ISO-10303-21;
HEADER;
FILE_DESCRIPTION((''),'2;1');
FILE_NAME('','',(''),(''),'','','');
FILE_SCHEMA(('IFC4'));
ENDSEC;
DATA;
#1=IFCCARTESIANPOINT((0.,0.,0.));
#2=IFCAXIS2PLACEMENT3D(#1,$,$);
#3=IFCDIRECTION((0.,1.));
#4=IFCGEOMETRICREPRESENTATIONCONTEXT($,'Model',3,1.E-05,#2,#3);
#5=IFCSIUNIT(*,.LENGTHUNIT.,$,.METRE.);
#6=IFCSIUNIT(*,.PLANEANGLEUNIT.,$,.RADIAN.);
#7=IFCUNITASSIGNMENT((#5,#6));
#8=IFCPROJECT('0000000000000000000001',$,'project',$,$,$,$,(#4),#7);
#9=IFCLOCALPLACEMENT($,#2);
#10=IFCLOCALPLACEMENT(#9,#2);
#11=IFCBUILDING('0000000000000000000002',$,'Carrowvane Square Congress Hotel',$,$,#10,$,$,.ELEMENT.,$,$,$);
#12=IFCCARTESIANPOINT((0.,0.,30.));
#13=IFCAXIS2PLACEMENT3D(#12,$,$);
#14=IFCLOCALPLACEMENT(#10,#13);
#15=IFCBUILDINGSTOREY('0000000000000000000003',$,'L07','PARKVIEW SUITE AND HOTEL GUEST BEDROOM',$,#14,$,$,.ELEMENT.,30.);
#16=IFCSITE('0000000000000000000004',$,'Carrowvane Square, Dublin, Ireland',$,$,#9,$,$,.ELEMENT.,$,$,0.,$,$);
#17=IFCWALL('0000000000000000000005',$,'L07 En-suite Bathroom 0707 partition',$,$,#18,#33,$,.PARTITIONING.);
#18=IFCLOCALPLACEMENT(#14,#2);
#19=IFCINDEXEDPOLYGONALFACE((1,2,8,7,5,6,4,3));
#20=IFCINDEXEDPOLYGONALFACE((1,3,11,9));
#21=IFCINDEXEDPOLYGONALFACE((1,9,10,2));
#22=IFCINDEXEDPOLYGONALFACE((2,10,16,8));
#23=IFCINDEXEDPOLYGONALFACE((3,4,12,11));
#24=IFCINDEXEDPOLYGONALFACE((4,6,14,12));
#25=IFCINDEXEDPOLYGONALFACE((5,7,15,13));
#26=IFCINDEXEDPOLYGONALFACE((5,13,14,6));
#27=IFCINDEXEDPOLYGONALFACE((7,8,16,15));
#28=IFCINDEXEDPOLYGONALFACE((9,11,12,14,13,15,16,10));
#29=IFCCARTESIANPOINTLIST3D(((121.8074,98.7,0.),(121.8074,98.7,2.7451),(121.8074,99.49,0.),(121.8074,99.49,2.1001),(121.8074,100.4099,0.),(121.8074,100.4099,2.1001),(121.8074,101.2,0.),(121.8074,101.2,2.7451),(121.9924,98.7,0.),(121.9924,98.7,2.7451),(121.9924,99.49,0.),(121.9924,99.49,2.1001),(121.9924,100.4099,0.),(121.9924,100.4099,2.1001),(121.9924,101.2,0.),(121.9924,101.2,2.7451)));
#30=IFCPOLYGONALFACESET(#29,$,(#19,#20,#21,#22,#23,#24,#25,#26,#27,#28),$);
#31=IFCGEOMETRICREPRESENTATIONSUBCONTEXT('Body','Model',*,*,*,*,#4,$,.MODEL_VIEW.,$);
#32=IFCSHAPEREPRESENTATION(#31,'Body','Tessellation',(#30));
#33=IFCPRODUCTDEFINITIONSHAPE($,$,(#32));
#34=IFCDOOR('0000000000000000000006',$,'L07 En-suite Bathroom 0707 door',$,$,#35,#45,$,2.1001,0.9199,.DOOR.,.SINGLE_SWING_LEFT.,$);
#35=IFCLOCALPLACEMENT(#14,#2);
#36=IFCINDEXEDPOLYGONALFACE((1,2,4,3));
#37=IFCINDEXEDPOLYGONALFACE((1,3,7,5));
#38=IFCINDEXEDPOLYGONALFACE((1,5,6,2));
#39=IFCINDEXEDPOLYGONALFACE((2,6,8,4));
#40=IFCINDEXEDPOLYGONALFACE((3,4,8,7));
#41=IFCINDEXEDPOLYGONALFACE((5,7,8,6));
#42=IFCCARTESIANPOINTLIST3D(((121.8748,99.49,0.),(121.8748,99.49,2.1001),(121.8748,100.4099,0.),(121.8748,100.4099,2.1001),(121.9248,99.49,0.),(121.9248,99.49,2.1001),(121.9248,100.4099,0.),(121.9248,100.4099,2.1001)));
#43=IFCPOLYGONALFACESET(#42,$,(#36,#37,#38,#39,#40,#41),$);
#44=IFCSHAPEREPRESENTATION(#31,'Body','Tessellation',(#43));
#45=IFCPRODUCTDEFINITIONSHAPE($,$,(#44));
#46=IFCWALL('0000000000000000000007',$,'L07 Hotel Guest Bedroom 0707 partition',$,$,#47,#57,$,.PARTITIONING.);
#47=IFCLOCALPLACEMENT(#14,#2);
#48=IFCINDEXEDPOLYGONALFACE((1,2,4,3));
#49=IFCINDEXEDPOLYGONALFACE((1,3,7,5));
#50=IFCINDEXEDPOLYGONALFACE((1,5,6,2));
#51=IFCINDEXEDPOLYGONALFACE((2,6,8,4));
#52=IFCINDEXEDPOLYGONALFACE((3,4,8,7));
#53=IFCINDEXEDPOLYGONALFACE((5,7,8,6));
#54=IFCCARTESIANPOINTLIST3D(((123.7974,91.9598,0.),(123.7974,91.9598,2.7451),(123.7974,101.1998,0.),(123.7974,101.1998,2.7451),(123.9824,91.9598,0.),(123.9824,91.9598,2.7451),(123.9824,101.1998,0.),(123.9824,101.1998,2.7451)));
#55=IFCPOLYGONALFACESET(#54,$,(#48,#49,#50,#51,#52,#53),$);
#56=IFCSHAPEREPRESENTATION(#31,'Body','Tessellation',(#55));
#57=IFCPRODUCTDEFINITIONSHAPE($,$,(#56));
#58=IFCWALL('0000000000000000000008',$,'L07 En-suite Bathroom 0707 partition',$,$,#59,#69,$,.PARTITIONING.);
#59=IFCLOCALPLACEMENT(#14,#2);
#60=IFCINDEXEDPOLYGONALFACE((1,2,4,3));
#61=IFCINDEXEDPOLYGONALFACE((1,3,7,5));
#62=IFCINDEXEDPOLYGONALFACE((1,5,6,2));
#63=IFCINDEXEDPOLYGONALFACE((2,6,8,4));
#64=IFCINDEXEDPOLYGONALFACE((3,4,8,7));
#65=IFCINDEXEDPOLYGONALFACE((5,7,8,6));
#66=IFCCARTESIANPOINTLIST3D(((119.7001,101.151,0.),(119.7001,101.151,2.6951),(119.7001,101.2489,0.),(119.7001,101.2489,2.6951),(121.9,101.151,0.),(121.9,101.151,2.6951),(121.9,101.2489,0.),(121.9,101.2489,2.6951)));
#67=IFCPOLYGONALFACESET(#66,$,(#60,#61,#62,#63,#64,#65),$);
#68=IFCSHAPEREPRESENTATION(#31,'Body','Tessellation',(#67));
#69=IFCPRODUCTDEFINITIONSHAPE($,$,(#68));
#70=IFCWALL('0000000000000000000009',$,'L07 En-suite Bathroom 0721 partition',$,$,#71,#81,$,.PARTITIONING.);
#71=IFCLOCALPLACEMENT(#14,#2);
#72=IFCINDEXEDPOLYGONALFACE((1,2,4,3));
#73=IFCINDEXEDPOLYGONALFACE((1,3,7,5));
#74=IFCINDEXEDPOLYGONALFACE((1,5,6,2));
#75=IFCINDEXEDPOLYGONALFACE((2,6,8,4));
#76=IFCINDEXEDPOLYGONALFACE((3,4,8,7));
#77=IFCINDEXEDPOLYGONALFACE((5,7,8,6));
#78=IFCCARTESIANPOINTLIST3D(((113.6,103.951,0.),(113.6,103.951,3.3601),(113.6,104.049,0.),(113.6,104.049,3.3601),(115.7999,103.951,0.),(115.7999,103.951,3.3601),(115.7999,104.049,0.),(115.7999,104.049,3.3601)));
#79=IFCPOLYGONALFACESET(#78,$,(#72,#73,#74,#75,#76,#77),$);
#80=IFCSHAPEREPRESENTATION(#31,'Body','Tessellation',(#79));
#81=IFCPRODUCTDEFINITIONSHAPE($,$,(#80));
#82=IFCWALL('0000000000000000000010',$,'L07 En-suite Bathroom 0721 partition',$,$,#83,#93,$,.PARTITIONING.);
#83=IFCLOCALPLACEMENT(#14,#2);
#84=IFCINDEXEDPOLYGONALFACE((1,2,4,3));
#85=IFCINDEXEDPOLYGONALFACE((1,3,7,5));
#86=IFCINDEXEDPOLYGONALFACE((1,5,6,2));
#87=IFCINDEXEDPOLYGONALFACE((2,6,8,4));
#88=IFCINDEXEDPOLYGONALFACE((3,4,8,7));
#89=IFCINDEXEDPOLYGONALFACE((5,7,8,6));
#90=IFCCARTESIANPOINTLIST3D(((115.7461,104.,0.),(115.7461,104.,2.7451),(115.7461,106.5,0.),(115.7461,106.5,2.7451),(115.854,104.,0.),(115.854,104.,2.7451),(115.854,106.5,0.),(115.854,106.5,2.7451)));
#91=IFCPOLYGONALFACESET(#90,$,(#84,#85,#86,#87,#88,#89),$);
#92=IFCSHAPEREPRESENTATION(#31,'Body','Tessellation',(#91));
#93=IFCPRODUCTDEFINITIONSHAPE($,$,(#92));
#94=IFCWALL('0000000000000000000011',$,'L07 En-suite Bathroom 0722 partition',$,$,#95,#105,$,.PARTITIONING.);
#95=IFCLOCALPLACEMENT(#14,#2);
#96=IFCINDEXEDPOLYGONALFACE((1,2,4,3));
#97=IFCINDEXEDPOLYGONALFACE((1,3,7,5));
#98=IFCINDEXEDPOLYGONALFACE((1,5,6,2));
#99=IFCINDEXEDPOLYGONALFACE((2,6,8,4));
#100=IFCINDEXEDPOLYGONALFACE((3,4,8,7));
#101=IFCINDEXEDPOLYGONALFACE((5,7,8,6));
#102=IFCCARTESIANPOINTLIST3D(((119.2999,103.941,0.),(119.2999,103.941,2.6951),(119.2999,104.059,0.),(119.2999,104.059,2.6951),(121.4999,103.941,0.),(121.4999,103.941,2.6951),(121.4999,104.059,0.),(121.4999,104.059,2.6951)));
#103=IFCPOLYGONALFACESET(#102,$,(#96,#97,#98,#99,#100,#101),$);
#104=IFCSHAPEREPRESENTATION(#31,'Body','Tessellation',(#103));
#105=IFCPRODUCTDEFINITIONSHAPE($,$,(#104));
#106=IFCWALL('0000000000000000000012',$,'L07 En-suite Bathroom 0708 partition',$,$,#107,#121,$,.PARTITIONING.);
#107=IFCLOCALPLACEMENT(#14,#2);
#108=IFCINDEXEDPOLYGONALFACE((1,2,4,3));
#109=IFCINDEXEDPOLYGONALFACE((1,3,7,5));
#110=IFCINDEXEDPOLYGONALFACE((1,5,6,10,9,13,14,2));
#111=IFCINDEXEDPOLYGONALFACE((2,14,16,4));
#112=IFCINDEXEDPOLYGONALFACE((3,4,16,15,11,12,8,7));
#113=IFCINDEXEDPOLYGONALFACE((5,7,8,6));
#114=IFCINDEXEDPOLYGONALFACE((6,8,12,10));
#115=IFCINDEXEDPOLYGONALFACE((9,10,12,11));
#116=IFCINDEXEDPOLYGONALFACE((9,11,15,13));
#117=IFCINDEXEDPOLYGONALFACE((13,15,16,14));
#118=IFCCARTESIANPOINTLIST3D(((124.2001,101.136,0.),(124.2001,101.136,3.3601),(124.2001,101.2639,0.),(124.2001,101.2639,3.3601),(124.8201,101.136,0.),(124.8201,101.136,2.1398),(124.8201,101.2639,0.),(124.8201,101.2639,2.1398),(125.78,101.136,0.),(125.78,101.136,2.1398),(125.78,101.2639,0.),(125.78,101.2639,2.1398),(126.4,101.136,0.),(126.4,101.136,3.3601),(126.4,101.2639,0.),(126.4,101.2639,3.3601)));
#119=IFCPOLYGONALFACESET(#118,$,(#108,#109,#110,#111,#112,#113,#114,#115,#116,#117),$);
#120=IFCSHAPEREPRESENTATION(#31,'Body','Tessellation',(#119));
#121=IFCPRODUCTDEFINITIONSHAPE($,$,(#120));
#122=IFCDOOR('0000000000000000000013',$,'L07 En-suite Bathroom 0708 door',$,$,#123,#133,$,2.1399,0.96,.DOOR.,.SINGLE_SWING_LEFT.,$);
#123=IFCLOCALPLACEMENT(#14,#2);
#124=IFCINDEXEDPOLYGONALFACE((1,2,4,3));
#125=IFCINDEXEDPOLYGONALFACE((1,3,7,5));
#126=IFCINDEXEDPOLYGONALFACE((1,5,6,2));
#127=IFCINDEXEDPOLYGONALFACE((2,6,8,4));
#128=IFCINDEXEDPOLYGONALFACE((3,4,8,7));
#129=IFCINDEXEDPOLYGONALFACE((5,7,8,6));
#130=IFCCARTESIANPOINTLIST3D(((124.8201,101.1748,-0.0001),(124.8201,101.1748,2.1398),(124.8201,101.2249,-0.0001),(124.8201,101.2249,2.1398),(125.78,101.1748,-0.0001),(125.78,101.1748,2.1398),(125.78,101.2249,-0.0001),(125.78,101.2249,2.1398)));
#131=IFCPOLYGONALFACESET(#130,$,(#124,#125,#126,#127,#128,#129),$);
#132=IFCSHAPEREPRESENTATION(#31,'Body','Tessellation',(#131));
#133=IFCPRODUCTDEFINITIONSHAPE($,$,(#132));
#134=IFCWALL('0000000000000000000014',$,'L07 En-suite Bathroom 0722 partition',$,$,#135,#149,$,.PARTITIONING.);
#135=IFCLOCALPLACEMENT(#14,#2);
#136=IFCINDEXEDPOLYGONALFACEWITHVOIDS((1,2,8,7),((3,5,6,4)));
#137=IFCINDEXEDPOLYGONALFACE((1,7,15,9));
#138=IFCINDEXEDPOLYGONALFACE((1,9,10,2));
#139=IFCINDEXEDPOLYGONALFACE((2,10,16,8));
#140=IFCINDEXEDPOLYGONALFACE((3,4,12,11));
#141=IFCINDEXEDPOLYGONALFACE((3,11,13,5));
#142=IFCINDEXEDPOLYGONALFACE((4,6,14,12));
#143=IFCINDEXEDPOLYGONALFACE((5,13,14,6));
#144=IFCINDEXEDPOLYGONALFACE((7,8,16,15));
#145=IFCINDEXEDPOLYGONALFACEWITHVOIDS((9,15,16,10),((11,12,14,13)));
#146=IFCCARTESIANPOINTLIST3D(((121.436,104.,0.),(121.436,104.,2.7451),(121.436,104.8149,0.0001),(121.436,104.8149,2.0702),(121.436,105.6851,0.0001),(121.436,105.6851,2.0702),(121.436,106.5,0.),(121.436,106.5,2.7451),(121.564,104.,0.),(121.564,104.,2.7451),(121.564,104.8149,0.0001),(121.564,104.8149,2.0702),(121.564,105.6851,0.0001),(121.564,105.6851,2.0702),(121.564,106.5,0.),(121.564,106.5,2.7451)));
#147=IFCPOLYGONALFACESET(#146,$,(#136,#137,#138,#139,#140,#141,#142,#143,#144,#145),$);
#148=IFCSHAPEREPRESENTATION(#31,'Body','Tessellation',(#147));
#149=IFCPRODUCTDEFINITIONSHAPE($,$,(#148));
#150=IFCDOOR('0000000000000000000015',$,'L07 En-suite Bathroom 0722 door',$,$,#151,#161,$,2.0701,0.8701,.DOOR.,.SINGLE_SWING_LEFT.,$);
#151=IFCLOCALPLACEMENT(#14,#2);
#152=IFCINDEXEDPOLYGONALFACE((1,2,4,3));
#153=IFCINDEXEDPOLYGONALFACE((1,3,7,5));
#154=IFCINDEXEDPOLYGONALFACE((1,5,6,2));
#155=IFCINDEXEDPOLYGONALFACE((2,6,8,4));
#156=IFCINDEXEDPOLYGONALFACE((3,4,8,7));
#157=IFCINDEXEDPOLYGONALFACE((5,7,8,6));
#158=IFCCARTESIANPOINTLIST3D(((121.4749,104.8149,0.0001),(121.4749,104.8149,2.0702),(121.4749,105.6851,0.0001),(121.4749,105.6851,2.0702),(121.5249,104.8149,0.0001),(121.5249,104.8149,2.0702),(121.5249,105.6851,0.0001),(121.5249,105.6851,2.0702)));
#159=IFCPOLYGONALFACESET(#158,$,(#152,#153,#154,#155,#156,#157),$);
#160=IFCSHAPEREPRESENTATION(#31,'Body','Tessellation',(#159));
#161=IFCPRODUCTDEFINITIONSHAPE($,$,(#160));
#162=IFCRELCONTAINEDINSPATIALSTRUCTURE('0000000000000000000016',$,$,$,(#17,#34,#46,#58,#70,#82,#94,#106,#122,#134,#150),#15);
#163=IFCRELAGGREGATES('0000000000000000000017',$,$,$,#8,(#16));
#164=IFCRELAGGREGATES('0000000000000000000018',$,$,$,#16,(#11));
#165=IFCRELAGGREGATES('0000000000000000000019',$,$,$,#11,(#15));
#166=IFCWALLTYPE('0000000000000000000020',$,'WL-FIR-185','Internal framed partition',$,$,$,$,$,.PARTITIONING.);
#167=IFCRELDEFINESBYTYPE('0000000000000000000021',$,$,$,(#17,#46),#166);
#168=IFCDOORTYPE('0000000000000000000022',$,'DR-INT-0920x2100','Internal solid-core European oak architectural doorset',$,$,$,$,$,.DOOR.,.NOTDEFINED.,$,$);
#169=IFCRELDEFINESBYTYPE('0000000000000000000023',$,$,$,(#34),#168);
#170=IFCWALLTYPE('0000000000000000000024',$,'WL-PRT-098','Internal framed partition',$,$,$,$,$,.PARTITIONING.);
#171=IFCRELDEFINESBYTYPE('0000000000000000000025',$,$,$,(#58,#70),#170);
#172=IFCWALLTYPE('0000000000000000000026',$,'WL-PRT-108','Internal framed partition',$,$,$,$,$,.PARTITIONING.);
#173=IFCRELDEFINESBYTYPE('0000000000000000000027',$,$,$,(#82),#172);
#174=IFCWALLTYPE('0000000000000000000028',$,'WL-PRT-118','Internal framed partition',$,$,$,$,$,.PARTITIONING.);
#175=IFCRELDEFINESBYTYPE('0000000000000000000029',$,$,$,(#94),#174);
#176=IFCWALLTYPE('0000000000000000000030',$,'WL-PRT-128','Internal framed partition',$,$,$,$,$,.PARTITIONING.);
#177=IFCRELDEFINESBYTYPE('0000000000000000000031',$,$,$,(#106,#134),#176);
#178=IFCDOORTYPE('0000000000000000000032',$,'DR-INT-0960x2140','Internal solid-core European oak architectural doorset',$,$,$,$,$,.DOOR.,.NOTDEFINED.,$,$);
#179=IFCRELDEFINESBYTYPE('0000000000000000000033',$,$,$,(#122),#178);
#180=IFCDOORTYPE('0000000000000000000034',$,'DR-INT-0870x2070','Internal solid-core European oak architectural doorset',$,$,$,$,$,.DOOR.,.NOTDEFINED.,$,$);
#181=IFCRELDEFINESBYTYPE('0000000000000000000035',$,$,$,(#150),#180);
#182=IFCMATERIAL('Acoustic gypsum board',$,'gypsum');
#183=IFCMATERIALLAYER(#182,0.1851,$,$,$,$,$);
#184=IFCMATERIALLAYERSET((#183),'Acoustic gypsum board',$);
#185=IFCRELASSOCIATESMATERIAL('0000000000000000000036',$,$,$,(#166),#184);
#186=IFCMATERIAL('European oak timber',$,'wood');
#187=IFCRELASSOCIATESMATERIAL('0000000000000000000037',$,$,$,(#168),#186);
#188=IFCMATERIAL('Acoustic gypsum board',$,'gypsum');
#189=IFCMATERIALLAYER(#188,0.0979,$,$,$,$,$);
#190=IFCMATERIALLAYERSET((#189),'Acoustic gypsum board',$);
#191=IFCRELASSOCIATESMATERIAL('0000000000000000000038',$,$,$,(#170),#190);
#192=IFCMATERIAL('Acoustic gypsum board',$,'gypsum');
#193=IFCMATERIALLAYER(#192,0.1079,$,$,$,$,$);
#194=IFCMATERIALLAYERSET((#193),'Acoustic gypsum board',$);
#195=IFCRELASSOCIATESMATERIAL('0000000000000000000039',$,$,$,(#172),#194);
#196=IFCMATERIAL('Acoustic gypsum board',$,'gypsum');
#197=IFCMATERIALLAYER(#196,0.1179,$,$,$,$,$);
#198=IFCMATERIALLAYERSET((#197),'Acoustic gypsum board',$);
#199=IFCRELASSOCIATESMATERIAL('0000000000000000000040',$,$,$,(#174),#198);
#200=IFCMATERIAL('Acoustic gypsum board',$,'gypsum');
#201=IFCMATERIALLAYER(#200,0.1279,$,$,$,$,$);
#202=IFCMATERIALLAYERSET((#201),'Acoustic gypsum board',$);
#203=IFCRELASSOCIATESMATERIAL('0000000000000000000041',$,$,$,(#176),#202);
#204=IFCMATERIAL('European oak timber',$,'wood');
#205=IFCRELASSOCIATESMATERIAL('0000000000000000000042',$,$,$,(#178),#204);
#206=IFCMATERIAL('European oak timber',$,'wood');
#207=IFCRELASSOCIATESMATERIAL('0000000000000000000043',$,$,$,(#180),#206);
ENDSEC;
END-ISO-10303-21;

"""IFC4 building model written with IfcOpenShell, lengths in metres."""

from ifc_helpers import new_model, si_unit, direction, frame, frame_2d, origin, place, context, subcontext, project, spatial, rectangle, extrude, material, layer, layer_set, type_object, element, fill, save


model = new_model("IFC4")

# Units and contexts
model_context = context("Model", 3, precision=1e-05, world=origin(), true_north=direction((0.0, 1.0)))
body_context = subcontext(model_context, "Body", "Model", "MODEL_VIEW")
ifc_project = project(units=[si_unit("LENGTHUNIT", "METRE"), si_unit("PLANEANGLEUNIT", "RADIAN")], contexts=[model_context])

# Site, building, storey
site_placement = place(None, origin())
site = spatial("IfcSite", under=ifc_project, at=site_placement, Name="Carrowvane Square, Dublin, Ireland", CompositionType="ELEMENT", RefElevation=0.0)
building_placement = place(site_placement, origin())
building = spatial("IfcBuilding", under=site, at=building_placement, Name="Carrowvane Square Congress Hotel", CompositionType="ELEMENT")
storey_placement = place(building_placement, frame((0.0, 0.0, 30.0)))
storey = spatial("IfcBuildingStorey", under=building, at=storey_placement, Name="L07", Description="PARKVIEW SUITE AND HOTEL GUEST BEDROOM", CompositionType="ELEMENT", Elevation=30.0)

# Wall, opening, door
ifc_material_1 = material(Name="Acoustic gypsum board", Category="gypsum")
ifc_layer_1 = layer(ifc_material_1, 0.1851)
ifc_layer_set_1 = layer_set([ifc_layer_1], Name="Acoustic gypsum board")
wall_type_1 = type_object("IfcWallType", Name="WL-FIR-185", Description="Internal framed partition", PredefinedType="PARTITIONING", material=ifc_layer_set_1)
wall_1_placement = place(storey_placement, frame((121.8999, 101.2, 0.0), z_axis=(0.0, 0.0, 1.0), x_axis=(0.0, -1.0, 0.0)))
wall_1 = element("IfcWall", 1, at=wall_1_placement, inside=storey, type_object=wall_type_1, Name="L07 En-suite Bathroom 0707 partition", PredefinedType="PARTITIONING", context=body_context, shape_type="SweptSolid", body=[
    extrude(rectangle(XDim=2.5, YDim=0.1851, at=frame_2d((1.25, 0.0))), origin(), (0.0, 0.0, 1.0), 2.7451),
])
opening_1_placement = place(wall_1_placement, frame((0.79, 0.0, 0.0)))
opening_1 = element("IfcOpeningElement", 2, at=opening_1_placement, cuts=wall_1, PredefinedType="OPENING", context=body_context, shape_type="SweptSolid", body=[
    extrude(rectangle(XDim=0.9199, YDim=2.1001, at=frame_2d((0.46, 1.05))), frame((0.0, 0.1025, 0.0), z_axis=(0.0, -1.0, 0.0), x_axis=(1.0, 0.0, 0.0)), (0.0, 0.0, 1.0), 0.2051),
])
ifc_material_2 = material(Name="European oak timber", Category="wood")
door_type_1 = type_object("IfcDoorType", Name="DR-INT-0920x2100", Description="Internal solid-core European oak architectural doorset", OperationType="NOTDEFINED", PredefinedType="DOOR", material=ifc_material_2)
door_1_placement = place(opening_1_placement, origin())
door_1 = element("IfcDoor", 3, at=door_1_placement, inside=storey, type_object=door_type_1, Name="L07 En-suite Bathroom 0707 door", OperationType="SINGLE_SWING_LEFT", OverallHeight=2.1001, OverallWidth=0.9199, PredefinedType="DOOR", context=body_context, shape_type="SweptSolid", body=[
    extrude(rectangle(XDim=0.9199, YDim=2.1001, at=frame_2d((0.46, 1.05))), frame((0.0, 0.0249, 0.0), z_axis=(0.0, -1.0, 0.0), x_axis=(1.0, 0.0, 0.0)), (0.0, 0.0, 1.0), 0.05),
])
fill(opening_1, door_1)

# Wall
wall_2_placement = place(storey_placement, frame((123.8899, 101.2, 0.0), z_axis=(0.0, 0.0, 1.0), x_axis=(0.0, -1.0, 0.0)))
element("IfcWall", 4, at=wall_2_placement, inside=storey, type_object=wall_type_1, Name="L07 Hotel Guest Bedroom 0707 partition", PredefinedType="PARTITIONING", context=body_context, shape_type="SweptSolid", body=[
    extrude(rectangle(XDim=9.24, YDim=0.1851, at=frame_2d((4.6201, 0.0))), origin(), (0.0, 0.0, 1.0), 2.7451),
])

# Walls
ifc_material_3 = material(Name="Acoustic gypsum board", Category="gypsum")
ifc_layer_2 = layer(ifc_material_3, 0.0979)
ifc_layer_set_2 = layer_set([ifc_layer_2], Name="Acoustic gypsum board")
wall_type_2 = type_object("IfcWallType", Name="WL-PRT-098", Description="Internal framed partition", PredefinedType="PARTITIONING", material=ifc_layer_set_2)
wall_3_placement = place(storey_placement, frame((119.7, 101.2, 0.0), z_axis=(0.0, 0.0, 1.0), x_axis=(1.0, 0.0, 0.0)))
element("IfcWall", 5, at=wall_3_placement, inside=storey, type_object=wall_type_2, Name="L07 En-suite Bathroom 0707 partition", PredefinedType="PARTITIONING", context=body_context, shape_type="SweptSolid", body=[
    extrude(rectangle(XDim=2.2, YDim=0.0979, at=frame_2d((1.1001, 0.0))), origin(), (0.0, 0.0, 1.0), 2.6951),
])
wall_4_placement = place(storey_placement, frame((115.8, 104.0, 0.0), z_axis=(0.0, 0.0, 1.0), x_axis=(-1.0, 0.0, 0.0)))
element("IfcWall", 6, at=wall_4_placement, inside=storey, type_object=wall_type_2, Name="L07 En-suite Bathroom 0721 partition", PredefinedType="PARTITIONING", context=body_context, shape_type="SweptSolid", body=[
    extrude(rectangle(XDim=2.2, YDim=0.0979, at=frame_2d((1.1001, 0.0))), origin(), (0.0, 0.0, 1.0), 3.3601),
])
ifc_material_4 = material(Name="Acoustic gypsum board", Category="gypsum")
ifc_layer_3 = layer(ifc_material_4, 0.1079)
ifc_layer_set_3 = layer_set([ifc_layer_3], Name="Acoustic gypsum board")
wall_type_3 = type_object("IfcWallType", Name="WL-PRT-108", Description="Internal framed partition", PredefinedType="PARTITIONING", material=ifc_layer_set_3)
wall_5_placement = place(storey_placement, frame((115.8, 106.5, 0.0), z_axis=(0.0, 0.0, 1.0), x_axis=(0.0, -1.0, 0.0)))
element("IfcWall", 7, at=wall_5_placement, inside=storey, type_object=wall_type_3, Name="L07 En-suite Bathroom 0721 partition", PredefinedType="PARTITIONING", context=body_context, shape_type="SweptSolid", body=[
    extrude(rectangle(XDim=2.5, YDim=0.1079, at=frame_2d((1.25, 0.0))), origin(), (0.0, 0.0, 1.0), 2.7451),
])
ifc_material_5 = material(Name="Acoustic gypsum board", Category="gypsum")
ifc_layer_4 = layer(ifc_material_5, 0.1179)
ifc_layer_set_4 = layer_set([ifc_layer_4], Name="Acoustic gypsum board")
wall_type_4 = type_object("IfcWallType", Name="WL-PRT-118", Description="Internal framed partition", PredefinedType="PARTITIONING", material=ifc_layer_set_4)
wall_6_placement = place(storey_placement, frame((121.5, 104.0, 0.0), z_axis=(0.0, 0.0, 1.0), x_axis=(-1.0, 0.0, 0.0)))
element("IfcWall", 8, at=wall_6_placement, inside=storey, type_object=wall_type_4, Name="L07 En-suite Bathroom 0722 partition", PredefinedType="PARTITIONING", context=body_context, shape_type="SweptSolid", body=[
    extrude(rectangle(XDim=2.2, YDim=0.1179, at=frame_2d((1.1001, 0.0))), origin(), (0.0, 0.0, 1.0), 2.6951),
])

# Walls, openings, doors
ifc_material_6 = material(Name="Acoustic gypsum board", Category="gypsum")
ifc_layer_5 = layer(ifc_material_6, 0.1279)
ifc_layer_set_5 = layer_set([ifc_layer_5], Name="Acoustic gypsum board")
wall_type_5 = type_object("IfcWallType", Name="WL-PRT-128", Description="Internal framed partition", PredefinedType="PARTITIONING", material=ifc_layer_set_5)
wall_7_placement = place(storey_placement, frame((124.2, 101.2, 0.0), z_axis=(0.0, 0.0, 1.0), x_axis=(1.0, 0.0, 0.0)))
wall_7 = element("IfcWall", 9, at=wall_7_placement, inside=storey, type_object=wall_type_5, Name="L07 En-suite Bathroom 0708 partition", PredefinedType="PARTITIONING", context=body_context, shape_type="SweptSolid", body=[
    extrude(rectangle(XDim=2.2, YDim=0.1279, at=frame_2d((1.1001, 0.0))), origin(), (0.0, 0.0, 1.0), 3.3601),
])
opening_2_placement = place(wall_7_placement, frame((0.6201, 0.0, 0.0)))
opening_2 = element("IfcOpeningElement", 10, at=opening_2_placement, cuts=wall_7, PredefinedType="OPENING", context=body_context, shape_type="SweptSolid", body=[
    extrude(rectangle(XDim=0.96, YDim=2.1399, at=frame_2d((0.48, 1.0698))), frame((0.0, 0.074, 0.0), z_axis=(0.0, -1.0, 0.0), x_axis=(1.0, 0.0, 0.0)), (0.0, 0.0, 1.0), 0.1479),
])
ifc_material_7 = material(Name="European oak timber", Category="wood")
door_type_2 = type_object("IfcDoorType", Name="DR-INT-0960x2140", Description="Internal solid-core European oak architectural doorset", OperationType="NOTDEFINED", PredefinedType="DOOR", material=ifc_material_7)
door_2_placement = place(opening_2_placement, origin())
door_2 = element("IfcDoor", 11, at=door_2_placement, inside=storey, type_object=door_type_2, Name="L07 En-suite Bathroom 0708 door", OperationType="SINGLE_SWING_LEFT", OverallHeight=2.1399, OverallWidth=0.96, PredefinedType="DOOR", context=body_context, shape_type="SweptSolid", body=[
    extrude(rectangle(XDim=0.96, YDim=2.1399, at=frame_2d((0.48, 1.0698))), frame((0.0, 0.0249, 0.0), z_axis=(0.0, -1.0, 0.0), x_axis=(1.0, 0.0, 0.0)), (0.0, 0.0, 1.0), 0.05),
])
fill(opening_2, door_2)
wall_8_placement = place(storey_placement, frame((121.5, 106.5, 0.0), z_axis=(0.0, 0.0, 1.0), x_axis=(0.0, -1.0, 0.0)))
wall_8 = element("IfcWall", 12, at=wall_8_placement, inside=storey, type_object=wall_type_5, Name="L07 En-suite Bathroom 0722 partition", PredefinedType="PARTITIONING", context=body_context, shape_type="SweptSolid", body=[
    extrude(rectangle(XDim=2.5, YDim=0.1279, at=frame_2d((1.25, 0.0))), origin(), (0.0, 0.0, 1.0), 2.7451),
])
opening_3_placement = place(wall_8_placement, frame((0.8149, 0.0, 0.0)))
opening_3 = element("IfcOpeningElement", 13, at=opening_3_placement, cuts=wall_8, PredefinedType="OPENING", context=body_context, shape_type="SweptSolid", body=[
    extrude(rectangle(XDim=0.8701, YDim=2.0701, at=frame_2d((0.4351, 1.0352))), frame((0.0, 0.074, 0.0), z_axis=(0.0, -1.0, 0.0), x_axis=(1.0, 0.0, 0.0)), (0.0, 0.0, 1.0), 0.1479),
])
ifc_material_8 = material(Name="European oak timber", Category="wood")
door_type_3 = type_object("IfcDoorType", Name="DR-INT-0870x2070", Description="Internal solid-core European oak architectural doorset", OperationType="NOTDEFINED", PredefinedType="DOOR", material=ifc_material_8)
door_3_placement = place(opening_3_placement, origin())
door_3 = element("IfcDoor", 14, at=door_3_placement, inside=storey, type_object=door_type_3, Name="L07 En-suite Bathroom 0722 door", OperationType="SINGLE_SWING_LEFT", OverallHeight=2.0701, OverallWidth=0.8701, PredefinedType="DOOR", context=body_context, shape_type="SweptSolid", body=[
    extrude(rectangle(XDim=0.8701, YDim=2.0701, at=frame_2d((0.4351, 1.0352))), frame((0.0, 0.0249, 0.0), z_axis=(0.0, -1.0, 0.0), x_axis=(1.0, 0.0, 0.0)), (0.0, 0.0, 1.0), 0.05),
])
fill(opening_3, door_3)

save(model, "model.ifc")
